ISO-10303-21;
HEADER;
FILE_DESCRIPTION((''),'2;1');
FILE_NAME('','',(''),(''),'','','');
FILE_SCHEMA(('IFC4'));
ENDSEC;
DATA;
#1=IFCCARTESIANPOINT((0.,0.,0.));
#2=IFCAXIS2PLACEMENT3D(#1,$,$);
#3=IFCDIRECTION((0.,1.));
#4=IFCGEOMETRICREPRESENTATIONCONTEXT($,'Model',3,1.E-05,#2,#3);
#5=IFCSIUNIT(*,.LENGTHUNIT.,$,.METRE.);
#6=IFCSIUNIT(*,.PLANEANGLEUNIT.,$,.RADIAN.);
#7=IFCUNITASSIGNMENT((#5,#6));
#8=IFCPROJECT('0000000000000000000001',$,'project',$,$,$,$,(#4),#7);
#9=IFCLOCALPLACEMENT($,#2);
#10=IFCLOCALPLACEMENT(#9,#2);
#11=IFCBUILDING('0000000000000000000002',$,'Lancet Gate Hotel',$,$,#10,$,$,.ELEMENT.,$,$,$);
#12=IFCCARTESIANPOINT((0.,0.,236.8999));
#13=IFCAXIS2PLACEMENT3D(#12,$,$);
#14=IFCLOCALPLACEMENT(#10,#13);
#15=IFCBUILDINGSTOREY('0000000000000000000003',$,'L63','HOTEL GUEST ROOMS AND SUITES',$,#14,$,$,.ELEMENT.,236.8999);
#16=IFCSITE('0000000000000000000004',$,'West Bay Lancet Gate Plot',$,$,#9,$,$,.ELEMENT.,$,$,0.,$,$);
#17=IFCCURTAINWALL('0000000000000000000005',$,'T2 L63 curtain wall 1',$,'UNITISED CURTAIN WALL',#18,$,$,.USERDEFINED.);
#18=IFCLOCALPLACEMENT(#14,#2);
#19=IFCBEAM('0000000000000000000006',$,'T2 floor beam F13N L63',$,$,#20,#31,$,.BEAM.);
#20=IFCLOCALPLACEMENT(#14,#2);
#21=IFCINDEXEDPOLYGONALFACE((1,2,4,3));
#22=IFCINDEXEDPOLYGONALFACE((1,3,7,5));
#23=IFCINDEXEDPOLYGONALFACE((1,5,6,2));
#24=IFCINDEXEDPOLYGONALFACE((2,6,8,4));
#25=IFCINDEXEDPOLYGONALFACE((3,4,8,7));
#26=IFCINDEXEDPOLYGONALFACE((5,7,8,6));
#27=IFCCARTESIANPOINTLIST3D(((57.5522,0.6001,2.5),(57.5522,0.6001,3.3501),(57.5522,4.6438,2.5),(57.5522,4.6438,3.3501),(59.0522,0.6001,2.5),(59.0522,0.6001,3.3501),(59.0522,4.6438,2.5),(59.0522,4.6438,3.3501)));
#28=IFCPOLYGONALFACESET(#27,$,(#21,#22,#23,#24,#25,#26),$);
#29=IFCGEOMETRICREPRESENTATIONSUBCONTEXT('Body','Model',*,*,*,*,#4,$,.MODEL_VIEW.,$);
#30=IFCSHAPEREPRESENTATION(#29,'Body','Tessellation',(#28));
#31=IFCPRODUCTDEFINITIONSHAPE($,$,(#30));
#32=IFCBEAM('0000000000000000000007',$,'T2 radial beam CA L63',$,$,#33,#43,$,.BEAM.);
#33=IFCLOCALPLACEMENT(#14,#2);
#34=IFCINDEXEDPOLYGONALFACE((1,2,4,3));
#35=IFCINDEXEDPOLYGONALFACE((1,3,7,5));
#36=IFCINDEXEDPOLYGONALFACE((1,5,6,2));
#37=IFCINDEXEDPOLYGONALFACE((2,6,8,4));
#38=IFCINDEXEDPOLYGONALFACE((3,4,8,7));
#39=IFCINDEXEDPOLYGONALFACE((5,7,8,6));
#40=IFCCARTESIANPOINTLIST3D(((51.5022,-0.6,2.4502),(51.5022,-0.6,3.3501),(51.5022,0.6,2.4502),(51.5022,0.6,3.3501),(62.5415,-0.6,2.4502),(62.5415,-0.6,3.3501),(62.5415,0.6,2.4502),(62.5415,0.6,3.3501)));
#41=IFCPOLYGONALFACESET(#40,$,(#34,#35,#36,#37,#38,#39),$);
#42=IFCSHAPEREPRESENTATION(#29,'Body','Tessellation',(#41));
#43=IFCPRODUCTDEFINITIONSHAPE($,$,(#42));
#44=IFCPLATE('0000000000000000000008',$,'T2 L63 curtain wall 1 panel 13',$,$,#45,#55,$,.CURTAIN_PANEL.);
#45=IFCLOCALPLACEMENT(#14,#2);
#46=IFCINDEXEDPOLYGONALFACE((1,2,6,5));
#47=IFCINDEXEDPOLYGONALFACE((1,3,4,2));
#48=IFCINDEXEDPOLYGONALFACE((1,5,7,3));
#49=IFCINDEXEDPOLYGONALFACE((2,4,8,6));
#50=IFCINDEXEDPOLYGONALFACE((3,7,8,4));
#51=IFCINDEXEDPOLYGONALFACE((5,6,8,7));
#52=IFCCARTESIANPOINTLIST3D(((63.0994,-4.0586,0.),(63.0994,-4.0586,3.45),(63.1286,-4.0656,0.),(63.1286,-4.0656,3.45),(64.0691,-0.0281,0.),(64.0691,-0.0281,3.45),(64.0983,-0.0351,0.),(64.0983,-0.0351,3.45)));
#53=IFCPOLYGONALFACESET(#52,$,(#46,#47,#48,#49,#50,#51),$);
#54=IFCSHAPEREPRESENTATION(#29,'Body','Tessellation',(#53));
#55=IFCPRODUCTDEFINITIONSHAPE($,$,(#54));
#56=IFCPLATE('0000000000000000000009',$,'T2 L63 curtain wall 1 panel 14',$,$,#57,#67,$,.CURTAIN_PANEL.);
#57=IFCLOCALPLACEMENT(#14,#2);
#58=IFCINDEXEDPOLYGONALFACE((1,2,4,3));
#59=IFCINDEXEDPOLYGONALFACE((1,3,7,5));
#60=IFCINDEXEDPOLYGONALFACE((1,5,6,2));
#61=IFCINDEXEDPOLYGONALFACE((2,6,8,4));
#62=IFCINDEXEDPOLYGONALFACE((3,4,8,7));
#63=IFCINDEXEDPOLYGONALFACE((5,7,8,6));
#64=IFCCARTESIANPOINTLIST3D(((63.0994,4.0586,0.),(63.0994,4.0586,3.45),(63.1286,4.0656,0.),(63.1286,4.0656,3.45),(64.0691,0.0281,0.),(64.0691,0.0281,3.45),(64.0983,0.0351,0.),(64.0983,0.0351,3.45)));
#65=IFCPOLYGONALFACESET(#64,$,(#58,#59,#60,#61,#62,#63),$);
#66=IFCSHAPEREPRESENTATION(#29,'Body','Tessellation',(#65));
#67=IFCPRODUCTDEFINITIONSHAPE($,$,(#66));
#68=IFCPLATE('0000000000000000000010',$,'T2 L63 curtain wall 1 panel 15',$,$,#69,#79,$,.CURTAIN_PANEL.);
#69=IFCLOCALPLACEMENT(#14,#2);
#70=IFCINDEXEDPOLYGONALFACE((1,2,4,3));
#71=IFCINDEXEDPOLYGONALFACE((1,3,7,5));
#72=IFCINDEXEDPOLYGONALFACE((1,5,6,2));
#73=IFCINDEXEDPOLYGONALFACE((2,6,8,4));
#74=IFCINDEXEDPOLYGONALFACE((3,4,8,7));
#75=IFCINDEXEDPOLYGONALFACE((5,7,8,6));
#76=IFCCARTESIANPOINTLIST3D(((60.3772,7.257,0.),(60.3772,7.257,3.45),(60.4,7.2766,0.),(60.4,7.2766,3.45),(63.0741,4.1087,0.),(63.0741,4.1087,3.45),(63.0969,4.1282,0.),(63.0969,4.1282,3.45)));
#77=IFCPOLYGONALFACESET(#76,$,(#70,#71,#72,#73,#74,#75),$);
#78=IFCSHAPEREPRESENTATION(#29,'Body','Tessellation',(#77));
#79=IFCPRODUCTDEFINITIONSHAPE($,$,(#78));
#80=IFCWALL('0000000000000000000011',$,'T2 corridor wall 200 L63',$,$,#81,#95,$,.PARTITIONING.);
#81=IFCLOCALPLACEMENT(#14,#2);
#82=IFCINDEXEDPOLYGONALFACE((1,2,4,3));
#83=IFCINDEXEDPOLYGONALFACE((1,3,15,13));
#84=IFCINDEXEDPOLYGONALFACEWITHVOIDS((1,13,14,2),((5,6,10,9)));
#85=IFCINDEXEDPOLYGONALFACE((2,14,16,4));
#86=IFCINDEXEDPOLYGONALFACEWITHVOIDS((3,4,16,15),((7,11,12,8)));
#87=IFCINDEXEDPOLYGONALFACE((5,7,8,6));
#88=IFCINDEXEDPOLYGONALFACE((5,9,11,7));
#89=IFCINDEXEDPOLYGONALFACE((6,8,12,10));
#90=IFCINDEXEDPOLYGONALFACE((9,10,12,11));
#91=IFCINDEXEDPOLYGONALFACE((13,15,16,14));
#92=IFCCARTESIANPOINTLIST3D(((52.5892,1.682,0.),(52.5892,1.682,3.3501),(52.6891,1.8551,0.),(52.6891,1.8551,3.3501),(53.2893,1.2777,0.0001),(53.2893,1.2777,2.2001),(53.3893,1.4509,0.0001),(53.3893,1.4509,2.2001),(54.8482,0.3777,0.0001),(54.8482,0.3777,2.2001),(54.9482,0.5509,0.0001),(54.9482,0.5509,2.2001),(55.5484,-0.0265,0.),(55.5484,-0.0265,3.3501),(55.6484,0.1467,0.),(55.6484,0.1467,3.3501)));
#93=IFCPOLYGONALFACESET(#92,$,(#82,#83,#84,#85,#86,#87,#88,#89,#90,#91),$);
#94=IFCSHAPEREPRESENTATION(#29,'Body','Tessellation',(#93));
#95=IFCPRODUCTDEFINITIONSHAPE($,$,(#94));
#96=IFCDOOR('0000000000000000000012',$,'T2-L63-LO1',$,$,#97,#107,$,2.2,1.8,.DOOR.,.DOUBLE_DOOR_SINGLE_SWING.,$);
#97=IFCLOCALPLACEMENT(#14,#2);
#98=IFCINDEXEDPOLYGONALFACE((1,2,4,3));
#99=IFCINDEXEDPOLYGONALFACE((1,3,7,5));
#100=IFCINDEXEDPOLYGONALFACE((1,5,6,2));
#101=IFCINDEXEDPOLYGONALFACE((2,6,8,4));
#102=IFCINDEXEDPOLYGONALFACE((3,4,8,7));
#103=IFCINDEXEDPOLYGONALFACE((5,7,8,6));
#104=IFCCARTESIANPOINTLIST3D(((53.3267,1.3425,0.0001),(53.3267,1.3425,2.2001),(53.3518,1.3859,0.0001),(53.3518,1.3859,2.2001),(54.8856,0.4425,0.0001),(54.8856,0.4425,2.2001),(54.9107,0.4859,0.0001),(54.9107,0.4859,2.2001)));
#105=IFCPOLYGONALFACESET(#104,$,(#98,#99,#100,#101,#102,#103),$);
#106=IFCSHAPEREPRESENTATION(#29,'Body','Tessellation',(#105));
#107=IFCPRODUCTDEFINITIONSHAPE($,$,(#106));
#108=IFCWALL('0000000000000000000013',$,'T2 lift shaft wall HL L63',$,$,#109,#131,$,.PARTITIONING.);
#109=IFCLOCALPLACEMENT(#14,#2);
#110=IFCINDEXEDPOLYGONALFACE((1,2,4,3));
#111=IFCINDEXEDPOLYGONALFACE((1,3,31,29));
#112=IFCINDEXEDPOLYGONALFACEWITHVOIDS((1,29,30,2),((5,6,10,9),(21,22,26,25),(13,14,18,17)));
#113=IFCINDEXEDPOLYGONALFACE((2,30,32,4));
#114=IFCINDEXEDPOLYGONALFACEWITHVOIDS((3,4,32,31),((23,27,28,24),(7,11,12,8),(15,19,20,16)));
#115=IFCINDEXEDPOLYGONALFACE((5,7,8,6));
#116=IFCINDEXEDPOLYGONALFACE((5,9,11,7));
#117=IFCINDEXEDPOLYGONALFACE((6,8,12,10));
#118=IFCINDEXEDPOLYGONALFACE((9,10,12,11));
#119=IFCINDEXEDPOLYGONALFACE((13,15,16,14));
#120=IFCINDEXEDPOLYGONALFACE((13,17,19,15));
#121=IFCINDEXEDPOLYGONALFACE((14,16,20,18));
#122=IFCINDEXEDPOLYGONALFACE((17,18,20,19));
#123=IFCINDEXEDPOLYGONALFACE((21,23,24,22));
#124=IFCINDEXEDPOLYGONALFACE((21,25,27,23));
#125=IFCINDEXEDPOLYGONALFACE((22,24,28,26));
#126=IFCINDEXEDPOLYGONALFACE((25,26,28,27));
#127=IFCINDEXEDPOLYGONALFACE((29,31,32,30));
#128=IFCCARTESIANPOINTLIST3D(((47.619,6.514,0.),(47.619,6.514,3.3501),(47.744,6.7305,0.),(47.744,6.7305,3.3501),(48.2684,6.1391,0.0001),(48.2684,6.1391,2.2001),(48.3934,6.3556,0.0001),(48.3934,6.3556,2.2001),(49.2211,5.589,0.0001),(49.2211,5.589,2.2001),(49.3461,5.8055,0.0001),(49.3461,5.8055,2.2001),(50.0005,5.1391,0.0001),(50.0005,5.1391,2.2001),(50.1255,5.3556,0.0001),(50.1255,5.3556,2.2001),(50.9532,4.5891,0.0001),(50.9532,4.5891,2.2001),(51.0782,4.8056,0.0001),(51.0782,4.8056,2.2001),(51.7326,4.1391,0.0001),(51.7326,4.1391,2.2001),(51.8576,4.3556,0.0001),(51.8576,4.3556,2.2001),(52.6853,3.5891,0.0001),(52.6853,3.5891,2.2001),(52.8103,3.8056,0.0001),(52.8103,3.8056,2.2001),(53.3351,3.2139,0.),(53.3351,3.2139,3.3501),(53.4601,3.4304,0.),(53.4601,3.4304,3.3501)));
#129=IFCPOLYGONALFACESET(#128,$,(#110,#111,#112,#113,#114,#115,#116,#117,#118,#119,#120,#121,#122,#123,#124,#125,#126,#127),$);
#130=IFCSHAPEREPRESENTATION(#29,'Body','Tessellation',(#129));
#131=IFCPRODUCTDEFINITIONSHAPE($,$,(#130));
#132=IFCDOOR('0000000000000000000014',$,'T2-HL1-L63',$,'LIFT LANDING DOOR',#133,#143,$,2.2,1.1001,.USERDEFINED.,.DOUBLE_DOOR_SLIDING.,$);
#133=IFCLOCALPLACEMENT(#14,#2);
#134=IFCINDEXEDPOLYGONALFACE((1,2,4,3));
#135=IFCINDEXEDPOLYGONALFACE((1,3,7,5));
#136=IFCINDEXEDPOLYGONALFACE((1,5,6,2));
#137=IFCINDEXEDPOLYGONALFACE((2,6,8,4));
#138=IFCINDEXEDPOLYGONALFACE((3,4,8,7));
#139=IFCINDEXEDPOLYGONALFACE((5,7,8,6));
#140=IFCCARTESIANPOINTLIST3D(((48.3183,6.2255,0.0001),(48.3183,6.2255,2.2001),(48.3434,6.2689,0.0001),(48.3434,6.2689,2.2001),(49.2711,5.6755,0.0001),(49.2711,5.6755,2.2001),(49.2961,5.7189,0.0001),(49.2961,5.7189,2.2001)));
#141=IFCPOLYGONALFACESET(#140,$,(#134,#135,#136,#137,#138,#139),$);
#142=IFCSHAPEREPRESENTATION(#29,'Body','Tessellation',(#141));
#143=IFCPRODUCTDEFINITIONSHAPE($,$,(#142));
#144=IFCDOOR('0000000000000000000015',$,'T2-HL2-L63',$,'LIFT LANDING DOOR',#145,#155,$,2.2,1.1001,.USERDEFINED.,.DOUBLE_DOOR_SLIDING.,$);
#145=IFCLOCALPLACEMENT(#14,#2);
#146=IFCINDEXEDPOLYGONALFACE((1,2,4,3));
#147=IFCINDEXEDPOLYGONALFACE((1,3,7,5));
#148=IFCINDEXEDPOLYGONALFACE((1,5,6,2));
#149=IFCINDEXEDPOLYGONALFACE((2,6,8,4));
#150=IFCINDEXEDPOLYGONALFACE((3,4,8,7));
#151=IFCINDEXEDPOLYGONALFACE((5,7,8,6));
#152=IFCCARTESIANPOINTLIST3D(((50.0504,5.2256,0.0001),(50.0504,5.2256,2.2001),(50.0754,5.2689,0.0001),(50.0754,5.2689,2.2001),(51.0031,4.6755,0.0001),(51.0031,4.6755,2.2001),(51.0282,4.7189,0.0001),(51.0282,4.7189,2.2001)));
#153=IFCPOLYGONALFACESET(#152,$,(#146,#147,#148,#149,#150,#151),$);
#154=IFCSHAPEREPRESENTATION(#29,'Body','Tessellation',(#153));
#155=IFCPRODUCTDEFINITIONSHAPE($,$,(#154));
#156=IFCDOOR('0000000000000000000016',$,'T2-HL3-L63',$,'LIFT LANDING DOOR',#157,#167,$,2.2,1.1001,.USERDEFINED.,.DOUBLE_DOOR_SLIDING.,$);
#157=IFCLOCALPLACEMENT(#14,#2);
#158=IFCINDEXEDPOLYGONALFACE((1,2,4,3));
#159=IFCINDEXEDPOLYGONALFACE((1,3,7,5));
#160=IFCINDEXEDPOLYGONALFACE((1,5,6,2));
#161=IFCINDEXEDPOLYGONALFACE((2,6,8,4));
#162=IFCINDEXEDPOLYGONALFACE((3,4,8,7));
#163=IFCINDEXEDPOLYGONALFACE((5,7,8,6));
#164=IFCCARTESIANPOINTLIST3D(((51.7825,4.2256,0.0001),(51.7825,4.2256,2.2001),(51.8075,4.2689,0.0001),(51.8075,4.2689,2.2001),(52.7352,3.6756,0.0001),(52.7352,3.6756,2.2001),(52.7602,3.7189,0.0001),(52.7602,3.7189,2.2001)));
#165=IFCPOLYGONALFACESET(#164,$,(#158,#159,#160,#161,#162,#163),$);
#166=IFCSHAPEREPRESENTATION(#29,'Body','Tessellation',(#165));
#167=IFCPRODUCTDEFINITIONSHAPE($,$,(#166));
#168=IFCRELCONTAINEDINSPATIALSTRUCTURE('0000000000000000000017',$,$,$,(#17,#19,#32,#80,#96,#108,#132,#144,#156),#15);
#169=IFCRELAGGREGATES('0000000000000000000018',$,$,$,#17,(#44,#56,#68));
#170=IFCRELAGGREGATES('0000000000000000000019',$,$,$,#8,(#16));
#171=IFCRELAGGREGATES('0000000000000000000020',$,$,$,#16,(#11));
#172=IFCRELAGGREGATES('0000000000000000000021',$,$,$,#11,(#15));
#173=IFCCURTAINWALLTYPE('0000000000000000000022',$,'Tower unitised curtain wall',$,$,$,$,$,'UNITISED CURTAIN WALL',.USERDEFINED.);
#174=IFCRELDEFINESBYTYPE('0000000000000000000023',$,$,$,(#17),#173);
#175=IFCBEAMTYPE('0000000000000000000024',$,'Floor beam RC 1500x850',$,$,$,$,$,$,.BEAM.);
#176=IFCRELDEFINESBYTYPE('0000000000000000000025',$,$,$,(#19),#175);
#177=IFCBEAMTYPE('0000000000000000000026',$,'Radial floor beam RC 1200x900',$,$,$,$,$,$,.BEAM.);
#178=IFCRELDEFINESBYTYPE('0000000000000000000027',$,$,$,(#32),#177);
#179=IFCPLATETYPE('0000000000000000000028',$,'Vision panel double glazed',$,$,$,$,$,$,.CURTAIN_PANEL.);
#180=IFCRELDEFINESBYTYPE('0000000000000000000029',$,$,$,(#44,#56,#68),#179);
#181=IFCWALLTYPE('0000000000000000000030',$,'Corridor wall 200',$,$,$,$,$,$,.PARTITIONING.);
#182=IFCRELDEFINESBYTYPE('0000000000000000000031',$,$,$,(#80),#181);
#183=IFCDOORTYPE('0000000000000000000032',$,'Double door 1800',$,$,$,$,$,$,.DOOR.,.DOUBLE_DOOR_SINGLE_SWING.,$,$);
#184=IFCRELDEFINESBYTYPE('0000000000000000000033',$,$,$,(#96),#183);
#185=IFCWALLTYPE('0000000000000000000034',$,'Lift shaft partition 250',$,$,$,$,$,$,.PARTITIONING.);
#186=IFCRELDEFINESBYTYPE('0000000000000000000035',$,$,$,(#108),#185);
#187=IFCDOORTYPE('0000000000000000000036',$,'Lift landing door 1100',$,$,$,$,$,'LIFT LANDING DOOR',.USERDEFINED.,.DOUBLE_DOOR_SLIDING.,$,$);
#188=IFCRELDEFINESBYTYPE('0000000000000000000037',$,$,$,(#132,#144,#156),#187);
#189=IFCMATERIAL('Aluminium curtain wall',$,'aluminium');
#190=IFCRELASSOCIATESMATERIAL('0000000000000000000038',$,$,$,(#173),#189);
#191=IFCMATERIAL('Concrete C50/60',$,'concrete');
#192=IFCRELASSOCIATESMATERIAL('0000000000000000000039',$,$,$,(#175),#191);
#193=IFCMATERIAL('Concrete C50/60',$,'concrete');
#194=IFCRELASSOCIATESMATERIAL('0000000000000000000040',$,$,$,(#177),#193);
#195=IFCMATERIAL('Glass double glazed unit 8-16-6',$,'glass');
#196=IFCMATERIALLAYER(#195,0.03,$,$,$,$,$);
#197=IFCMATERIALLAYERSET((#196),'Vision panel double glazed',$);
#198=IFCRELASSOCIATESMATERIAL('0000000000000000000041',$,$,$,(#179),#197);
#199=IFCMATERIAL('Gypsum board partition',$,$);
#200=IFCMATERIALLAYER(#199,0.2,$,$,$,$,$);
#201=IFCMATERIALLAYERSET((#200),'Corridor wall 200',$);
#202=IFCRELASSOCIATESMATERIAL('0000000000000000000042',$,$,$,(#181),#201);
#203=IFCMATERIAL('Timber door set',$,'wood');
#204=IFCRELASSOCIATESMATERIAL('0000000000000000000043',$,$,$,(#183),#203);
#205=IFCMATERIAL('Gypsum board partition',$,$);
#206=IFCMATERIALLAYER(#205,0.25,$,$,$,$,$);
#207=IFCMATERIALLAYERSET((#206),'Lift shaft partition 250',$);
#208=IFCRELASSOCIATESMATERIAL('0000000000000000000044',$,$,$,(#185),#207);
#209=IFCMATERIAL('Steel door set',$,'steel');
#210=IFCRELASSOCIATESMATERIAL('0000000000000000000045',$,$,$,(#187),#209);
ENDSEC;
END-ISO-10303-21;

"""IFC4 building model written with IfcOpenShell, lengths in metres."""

from ifc_helpers import new_model, si_unit, direction, frame, frame_2d, origin, origin_2d, place, context, subcontext, project, spatial, rectangle, extrude, material, layer, layer_set, material_profile, profile_set, type_object, element, fill, aggregate, save


model = new_model("IFC4")

# Units and contexts
model_context = context("Model", 3, precision=1e-05, world=origin(), true_north=direction((0.0, 1.0)))
body_context = subcontext(model_context, "Body", "Model", "MODEL_VIEW")
ifc_project = project(units=[si_unit("LENGTHUNIT", "METRE"), si_unit("PLANEANGLEUNIT", "RADIAN")], contexts=[model_context])

# Site, building, storey
site_placement = place(None, origin())
site = spatial("IfcSite", under=ifc_project, at=site_placement, Name="West Bay Lancet Gate Plot", CompositionType="ELEMENT", RefElevation=0.0)
building_placement = place(site_placement, origin())
building = spatial("IfcBuilding", under=site, at=building_placement, Name="Lancet Gate Hotel", CompositionType="ELEMENT")
storey_placement = place(building_placement, frame((0.0, 0.0, 236.8999)))
storey = spatial("IfcBuildingStorey", under=building, at=storey_placement, Name="L63", Description="HOTEL GUEST ROOMS AND SUITES", CompositionType="ELEMENT", Elevation=236.8999)

# Curtain wall
ifc_material_1 = material(Name="Aluminium curtain wall", Category="aluminium")
curtain_wall_type = type_object("IfcCurtainWallType", Name="Tower unitised curtain wall", ElementType="UNITISED CURTAIN WALL", PredefinedType="USERDEFINED", material=ifc_material_1)
curtain_wall_placement = place(storey_placement, origin())
curtain_wall = element("IfcCurtainWall", 1, at=curtain_wall_placement, inside=storey, type_object=curtain_wall_type, Name="T2 L63 curtain wall 1", ObjectType="UNITISED CURTAIN WALL", PredefinedType="USERDEFINED")

# Beams
ifc_material_2 = material(Name="Concrete C50/60", Category="concrete")
ifc_material_profile_1 = material_profile(ifc_material_2, rectangle(XDim=1.5, YDim=0.8501, at=origin_2d()), Name="RC 1500x850")
ifc_profile_set_1 = profile_set([ifc_material_profile_1], Name="Concrete C50/60")
beam_type_1 = type_object("IfcBeamType", Name="Floor beam RC 1500x850", PredefinedType="BEAM", material=ifc_profile_set_1)
beam_1_placement = place(storey_placement, frame((58.3022, 0.6001, 2.925), z_axis=(0.0, 1.0, 0.0), x_axis=(-1.0, 0.0, 0.0)))
element("IfcBeam", 2, at=beam_1_placement, inside=storey, type_object=beam_type_1, Name="T2 floor beam F13N L63", PredefinedType="BEAM", context=body_context, shape_type="SweptSolid", body=[
    extrude(rectangle(XDim=1.5, YDim=0.8501, at=origin_2d()), origin(), (0.0, 0.0, 1.0), 4.0437),
])
ifc_material_3 = material(Name="Concrete C50/60", Category="concrete")
ifc_material_profile_2 = material_profile(ifc_material_3, rectangle(XDim=1.2, YDim=0.8999, at=origin_2d()), Name="RC 1200x900")
ifc_profile_set_2 = profile_set([ifc_material_profile_2], Name="Concrete C50/60")
beam_type_2 = type_object("IfcBeamType", Name="Radial floor beam RC 1200x900", PredefinedType="BEAM", material=ifc_profile_set_2)
beam_2_placement = place(storey_placement, frame((62.5415, 0.0, 2.9001), z_axis=(-1.0, 0.0, 0.0), x_axis=(0.0, -1.0, 0.0)))
element("IfcBeam", 3, at=beam_2_placement, inside=storey, type_object=beam_type_2, Name="T2 radial beam CA L63", PredefinedType="BEAM", context=body_context, shape_type="SweptSolid", body=[
    extrude(rectangle(XDim=1.2, YDim=0.8999, at=origin_2d()), origin(), (0.0, 0.0, 1.0), 11.0393),
])

# Plates
ifc_material_4 = material(Name="Glass double glazed unit 8-16-6", Category="glass")
ifc_layer_1 = layer(ifc_material_4, 0.03)
ifc_layer_set_1 = layer_set([ifc_layer_1], Name="Vision panel double glazed")
plate_type = type_object("IfcPlateType", Name="Vision panel double glazed", PredefinedType="CURTAIN_PANEL", material=ifc_layer_set_1)
plate_1_placement = place(storey_placement, frame((63.5989, -2.0469, 0.0), z_axis=(0.0, 0.0, 1.0), x_axis=(0.233916, 0.972257, 0.0)))
plate_1 = element("IfcPlate", 4, at=plate_1_placement, type_object=plate_type, Name="T2 L63 curtain wall 1 panel 13", PredefinedType="CURTAIN_PANEL", context=body_context, shape_type="SweptSolid", body=[
    extrude(rectangle(XDim=4.1455, YDim=0.03, at=origin_2d()), origin(), (0.0, 0.0, 1.0), 3.45),
])
plate_2_placement = place(storey_placement, frame((63.5989, 2.0469, 0.0), z_axis=(0.0, 0.0, 1.0), x_axis=(-0.233916, 0.972257, 0.0)))
plate_2 = element("IfcPlate", 5, at=plate_2_placement, type_object=plate_type, Name="T2 L63 curtain wall 1 panel 14", PredefinedType="CURTAIN_PANEL", context=body_context, shape_type="SweptSolid", body=[
    extrude(rectangle(XDim=4.1455, YDim=0.03, at=origin_2d()), origin(), (0.0, 0.0, 1.0), 3.45),
])
plate_3_placement = place(storey_placement, frame((61.7371, 5.6926, 0.0), z_axis=(0.0, 0.0, 1.0), x_axis=(-0.650552, 0.759462, 0.0)))
plate_3 = element("IfcPlate", 6, at=plate_3_placement, type_object=plate_type, Name="T2 L63 curtain wall 1 panel 15", PredefinedType="CURTAIN_PANEL", context=body_context, shape_type="SweptSolid", body=[
    extrude(rectangle(XDim=4.1455, YDim=0.03, at=origin_2d()), origin(), (0.0, 0.0, 1.0), 3.45),
])
aggregate(curtain_wall, [plate_1, plate_2, plate_3])

# Wall, opening, door
ifc_material_5 = material(Name="Gypsum board partition")
ifc_layer_2 = layer(ifc_material_5, 0.2)
ifc_layer_set_2 = layer_set([ifc_layer_2], Name="Corridor wall 200")
wall_type_1 = type_object("IfcWallType", Name="Corridor wall 200", PredefinedType="PARTITIONING", material=ifc_layer_set_2)
wall_1_placement = place(storey_placement, frame((52.6392, 1.7686, 0.0), z_axis=(0.0, 0.0, 1.0), x_axis=(0.866027, -0.499997, 0.0)))
wall_1 = element("IfcWall", 7, at=wall_1_placement, inside=storey, type_object=wall_type_1, Name="T2 corridor wall 200 L63", PredefinedType="PARTITIONING", context=body_context, shape_type="SweptSolid", body=[
    extrude(rectangle(XDim=3.417, YDim=0.2, at=frame_2d((1.7085, 0.0))), origin(), (0.0, 0.0, 1.0), 3.3501),
])
opening_1_placement = place(wall_1_placement, frame((0.8086, 0.0, 0.0)))
opening_1 = element("IfcOpeningElement", 8, at=opening_1_placement, cuts=wall_1, PredefinedType="OPENING", context=body_context, shape_type="SweptSolid", body=[
    extrude(rectangle(XDim=1.8, YDim=2.2, at=frame_2d((0.8999, 1.1001))), frame((0.0, 0.1099, 0.0), z_axis=(0.0, -1.0, 0.0), x_axis=(1.0, 0.0, 0.0)), (0.0, 0.0, 1.0), 0.22),
])
ifc_material_6 = material(Name="Timber door set", Category="wood")
door_type_1 = type_object("IfcDoorType", Name="Double door 1800", OperationType="DOUBLE_DOOR_SINGLE_SWING", PredefinedType="DOOR", material=ifc_material_6)
door_1_placement = place(opening_1_placement, origin())
door_1 = element("IfcDoor", 9, at=door_1_placement, inside=storey, type_object=door_type_1, Name="T2-L63-LO1", OperationType="DOUBLE_DOOR_SINGLE_SWING", OverallHeight=2.2, OverallWidth=1.8, PredefinedType="DOOR", context=body_context, shape_type="SweptSolid", body=[
    extrude(rectangle(XDim=1.8, YDim=2.2, at=frame_2d((0.8999, 1.1001))), frame((0.0, 0.0249, 0.0), z_axis=(0.0, -1.0, 0.0), x_axis=(1.0, 0.0, 0.0)), (0.0, 0.0, 1.0), 0.05),
])
fill(opening_1, door_1)

# Wall, openings, doors
ifc_material_7 = material(Name="Gypsum board partition")
ifc_layer_3 = layer(ifc_material_7, 0.25)
ifc_layer_set_3 = layer_set([ifc_layer_3], Name="Lift shaft partition 250")
wall_type_2 = type_object("IfcWallType", Name="Lift shaft partition 250", PredefinedType="PARTITIONING", material=ifc_layer_set_3)
wall_2_placement = place(storey_placement, frame((47.6814, 6.6223, 0.0), z_axis=(0.0, 0.0, 1.0), x_axis=(0.866033, -0.499986, 0.0)))
wall_2 = element("IfcWall", 10, at=wall_2_placement, inside=storey, type_object=wall_type_2, Name="T2 lift shaft wall HL L63", PredefinedType="PARTITIONING", context=body_context, shape_type="SweptSolid", body=[
    extrude(rectangle(XDim=6.6003, YDim=0.25, at=frame_2d((3.3003, 0.0))), origin(), (0.0, 0.0, 1.0), 3.3501),
])
opening_2_placement = place(wall_2_placement, frame((0.75, 0.0, 0.0)))
opening_2 = element("IfcOpeningElement", 11, at=opening_2_placement, cuts=wall_2, PredefinedType="OPENING", context=body_context, shape_type="SweptSolid", body=[
    extrude(rectangle(XDim=1.1001, YDim=2.2, at=frame_2d((0.55, 1.1001))), frame((0.0, 0.135, 0.0), z_axis=(0.0, -1.0, 0.0), x_axis=(1.0, 0.0, 0.0)), (0.0, 0.0, 1.0), 0.27),
])
opening_3_placement = place(wall_2_placement, frame((2.75, 0.0, 0.0)))
opening_3 = element("IfcOpeningElement", 12, at=opening_3_placement, cuts=wall_2, PredefinedType="OPENING", context=body_context, shape_type="SweptSolid", body=[
    extrude(rectangle(XDim=1.1001, YDim=2.2, at=frame_2d((0.55, 1.1001))), frame((0.0, 0.135, 0.0), z_axis=(0.0, -1.0, 0.0), x_axis=(1.0, 0.0, 0.0)), (0.0, 0.0, 1.0), 0.27),
])
opening_4_placement = place(wall_2_placement, frame((4.75, 0.0, 0.0)))
opening_4 = element("IfcOpeningElement", 13, at=opening_4_placement, cuts=wall_2, PredefinedType="OPENING", context=body_context, shape_type="SweptSolid", body=[
    extrude(rectangle(XDim=1.1001, YDim=2.2, at=frame_2d((0.55, 1.1001))), frame((0.0, 0.135, 0.0), z_axis=(0.0, -1.0, 0.0), x_axis=(1.0, 0.0, 0.0)), (0.0, 0.0, 1.0), 0.27),
])
ifc_material_8 = material(Name="Steel door set", Category="steel")
door_type_2 = type_object("IfcDoorType", Name="Lift landing door 1100", ElementType="LIFT LANDING DOOR", OperationType="DOUBLE_DOOR_SLIDING", PredefinedType="USERDEFINED", material=ifc_material_8)
door_2_placement = place(opening_2_placement, origin())
door_2 = element("IfcDoor", 14, at=door_2_placement, inside=storey, type_object=door_type_2, Name="T2-HL1-L63", ObjectType="LIFT LANDING DOOR", OperationType="DOUBLE_DOOR_SLIDING", OverallHeight=2.2, OverallWidth=1.1001, PredefinedType="USERDEFINED", context=body_context, shape_type="SweptSolid", body=[
    extrude(rectangle(XDim=1.1001, YDim=2.2, at=frame_2d((0.55, 1.1001))), frame((0.0, 0.0249, 0.0), z_axis=(0.0, -1.0, 0.0), x_axis=(1.0, 0.0, 0.0)), (0.0, 0.0, 1.0), 0.05),
])
fill(opening_2, door_2)
door_3_placement = place(opening_3_placement, origin())
door_3 = element("IfcDoor", 15, at=door_3_placement, inside=storey, type_object=door_type_2, Name="T2-HL2-L63", ObjectType="LIFT LANDING DOOR", OperationType="DOUBLE_DOOR_SLIDING", OverallHeight=2.2, OverallWidth=1.1001, PredefinedType="USERDEFINED", context=body_context, shape_type="SweptSolid", body=[
    extrude(rectangle(XDim=1.1001, YDim=2.2, at=frame_2d((0.55, 1.1001))), frame((0.0, 0.0249, 0.0), z_axis=(0.0, -1.0, 0.0), x_axis=(1.0, 0.0, 0.0)), (0.0, 0.0, 1.0), 0.05),
])
fill(opening_3, door_3)
door_4_placement = place(opening_4_placement, origin())
door_4 = element("IfcDoor", 16, at=door_4_placement, inside=storey, type_object=door_type_2, Name="T2-HL3-L63", ObjectType="LIFT LANDING DOOR", OperationType="DOUBLE_DOOR_SLIDING", OverallHeight=2.2, OverallWidth=1.1001, PredefinedType="USERDEFINED", context=body_context, shape_type="SweptSolid", body=[
    extrude(rectangle(XDim=1.1001, YDim=2.2, at=frame_2d((0.55, 1.1001))), frame((0.0, 0.0249, 0.0), z_axis=(0.0, -1.0, 0.0), x_axis=(1.0, 0.0, 0.0)), (0.0, 0.0, 1.0), 0.05),
])
fill(opening_4, door_4)

save(model, "model.ifc")
